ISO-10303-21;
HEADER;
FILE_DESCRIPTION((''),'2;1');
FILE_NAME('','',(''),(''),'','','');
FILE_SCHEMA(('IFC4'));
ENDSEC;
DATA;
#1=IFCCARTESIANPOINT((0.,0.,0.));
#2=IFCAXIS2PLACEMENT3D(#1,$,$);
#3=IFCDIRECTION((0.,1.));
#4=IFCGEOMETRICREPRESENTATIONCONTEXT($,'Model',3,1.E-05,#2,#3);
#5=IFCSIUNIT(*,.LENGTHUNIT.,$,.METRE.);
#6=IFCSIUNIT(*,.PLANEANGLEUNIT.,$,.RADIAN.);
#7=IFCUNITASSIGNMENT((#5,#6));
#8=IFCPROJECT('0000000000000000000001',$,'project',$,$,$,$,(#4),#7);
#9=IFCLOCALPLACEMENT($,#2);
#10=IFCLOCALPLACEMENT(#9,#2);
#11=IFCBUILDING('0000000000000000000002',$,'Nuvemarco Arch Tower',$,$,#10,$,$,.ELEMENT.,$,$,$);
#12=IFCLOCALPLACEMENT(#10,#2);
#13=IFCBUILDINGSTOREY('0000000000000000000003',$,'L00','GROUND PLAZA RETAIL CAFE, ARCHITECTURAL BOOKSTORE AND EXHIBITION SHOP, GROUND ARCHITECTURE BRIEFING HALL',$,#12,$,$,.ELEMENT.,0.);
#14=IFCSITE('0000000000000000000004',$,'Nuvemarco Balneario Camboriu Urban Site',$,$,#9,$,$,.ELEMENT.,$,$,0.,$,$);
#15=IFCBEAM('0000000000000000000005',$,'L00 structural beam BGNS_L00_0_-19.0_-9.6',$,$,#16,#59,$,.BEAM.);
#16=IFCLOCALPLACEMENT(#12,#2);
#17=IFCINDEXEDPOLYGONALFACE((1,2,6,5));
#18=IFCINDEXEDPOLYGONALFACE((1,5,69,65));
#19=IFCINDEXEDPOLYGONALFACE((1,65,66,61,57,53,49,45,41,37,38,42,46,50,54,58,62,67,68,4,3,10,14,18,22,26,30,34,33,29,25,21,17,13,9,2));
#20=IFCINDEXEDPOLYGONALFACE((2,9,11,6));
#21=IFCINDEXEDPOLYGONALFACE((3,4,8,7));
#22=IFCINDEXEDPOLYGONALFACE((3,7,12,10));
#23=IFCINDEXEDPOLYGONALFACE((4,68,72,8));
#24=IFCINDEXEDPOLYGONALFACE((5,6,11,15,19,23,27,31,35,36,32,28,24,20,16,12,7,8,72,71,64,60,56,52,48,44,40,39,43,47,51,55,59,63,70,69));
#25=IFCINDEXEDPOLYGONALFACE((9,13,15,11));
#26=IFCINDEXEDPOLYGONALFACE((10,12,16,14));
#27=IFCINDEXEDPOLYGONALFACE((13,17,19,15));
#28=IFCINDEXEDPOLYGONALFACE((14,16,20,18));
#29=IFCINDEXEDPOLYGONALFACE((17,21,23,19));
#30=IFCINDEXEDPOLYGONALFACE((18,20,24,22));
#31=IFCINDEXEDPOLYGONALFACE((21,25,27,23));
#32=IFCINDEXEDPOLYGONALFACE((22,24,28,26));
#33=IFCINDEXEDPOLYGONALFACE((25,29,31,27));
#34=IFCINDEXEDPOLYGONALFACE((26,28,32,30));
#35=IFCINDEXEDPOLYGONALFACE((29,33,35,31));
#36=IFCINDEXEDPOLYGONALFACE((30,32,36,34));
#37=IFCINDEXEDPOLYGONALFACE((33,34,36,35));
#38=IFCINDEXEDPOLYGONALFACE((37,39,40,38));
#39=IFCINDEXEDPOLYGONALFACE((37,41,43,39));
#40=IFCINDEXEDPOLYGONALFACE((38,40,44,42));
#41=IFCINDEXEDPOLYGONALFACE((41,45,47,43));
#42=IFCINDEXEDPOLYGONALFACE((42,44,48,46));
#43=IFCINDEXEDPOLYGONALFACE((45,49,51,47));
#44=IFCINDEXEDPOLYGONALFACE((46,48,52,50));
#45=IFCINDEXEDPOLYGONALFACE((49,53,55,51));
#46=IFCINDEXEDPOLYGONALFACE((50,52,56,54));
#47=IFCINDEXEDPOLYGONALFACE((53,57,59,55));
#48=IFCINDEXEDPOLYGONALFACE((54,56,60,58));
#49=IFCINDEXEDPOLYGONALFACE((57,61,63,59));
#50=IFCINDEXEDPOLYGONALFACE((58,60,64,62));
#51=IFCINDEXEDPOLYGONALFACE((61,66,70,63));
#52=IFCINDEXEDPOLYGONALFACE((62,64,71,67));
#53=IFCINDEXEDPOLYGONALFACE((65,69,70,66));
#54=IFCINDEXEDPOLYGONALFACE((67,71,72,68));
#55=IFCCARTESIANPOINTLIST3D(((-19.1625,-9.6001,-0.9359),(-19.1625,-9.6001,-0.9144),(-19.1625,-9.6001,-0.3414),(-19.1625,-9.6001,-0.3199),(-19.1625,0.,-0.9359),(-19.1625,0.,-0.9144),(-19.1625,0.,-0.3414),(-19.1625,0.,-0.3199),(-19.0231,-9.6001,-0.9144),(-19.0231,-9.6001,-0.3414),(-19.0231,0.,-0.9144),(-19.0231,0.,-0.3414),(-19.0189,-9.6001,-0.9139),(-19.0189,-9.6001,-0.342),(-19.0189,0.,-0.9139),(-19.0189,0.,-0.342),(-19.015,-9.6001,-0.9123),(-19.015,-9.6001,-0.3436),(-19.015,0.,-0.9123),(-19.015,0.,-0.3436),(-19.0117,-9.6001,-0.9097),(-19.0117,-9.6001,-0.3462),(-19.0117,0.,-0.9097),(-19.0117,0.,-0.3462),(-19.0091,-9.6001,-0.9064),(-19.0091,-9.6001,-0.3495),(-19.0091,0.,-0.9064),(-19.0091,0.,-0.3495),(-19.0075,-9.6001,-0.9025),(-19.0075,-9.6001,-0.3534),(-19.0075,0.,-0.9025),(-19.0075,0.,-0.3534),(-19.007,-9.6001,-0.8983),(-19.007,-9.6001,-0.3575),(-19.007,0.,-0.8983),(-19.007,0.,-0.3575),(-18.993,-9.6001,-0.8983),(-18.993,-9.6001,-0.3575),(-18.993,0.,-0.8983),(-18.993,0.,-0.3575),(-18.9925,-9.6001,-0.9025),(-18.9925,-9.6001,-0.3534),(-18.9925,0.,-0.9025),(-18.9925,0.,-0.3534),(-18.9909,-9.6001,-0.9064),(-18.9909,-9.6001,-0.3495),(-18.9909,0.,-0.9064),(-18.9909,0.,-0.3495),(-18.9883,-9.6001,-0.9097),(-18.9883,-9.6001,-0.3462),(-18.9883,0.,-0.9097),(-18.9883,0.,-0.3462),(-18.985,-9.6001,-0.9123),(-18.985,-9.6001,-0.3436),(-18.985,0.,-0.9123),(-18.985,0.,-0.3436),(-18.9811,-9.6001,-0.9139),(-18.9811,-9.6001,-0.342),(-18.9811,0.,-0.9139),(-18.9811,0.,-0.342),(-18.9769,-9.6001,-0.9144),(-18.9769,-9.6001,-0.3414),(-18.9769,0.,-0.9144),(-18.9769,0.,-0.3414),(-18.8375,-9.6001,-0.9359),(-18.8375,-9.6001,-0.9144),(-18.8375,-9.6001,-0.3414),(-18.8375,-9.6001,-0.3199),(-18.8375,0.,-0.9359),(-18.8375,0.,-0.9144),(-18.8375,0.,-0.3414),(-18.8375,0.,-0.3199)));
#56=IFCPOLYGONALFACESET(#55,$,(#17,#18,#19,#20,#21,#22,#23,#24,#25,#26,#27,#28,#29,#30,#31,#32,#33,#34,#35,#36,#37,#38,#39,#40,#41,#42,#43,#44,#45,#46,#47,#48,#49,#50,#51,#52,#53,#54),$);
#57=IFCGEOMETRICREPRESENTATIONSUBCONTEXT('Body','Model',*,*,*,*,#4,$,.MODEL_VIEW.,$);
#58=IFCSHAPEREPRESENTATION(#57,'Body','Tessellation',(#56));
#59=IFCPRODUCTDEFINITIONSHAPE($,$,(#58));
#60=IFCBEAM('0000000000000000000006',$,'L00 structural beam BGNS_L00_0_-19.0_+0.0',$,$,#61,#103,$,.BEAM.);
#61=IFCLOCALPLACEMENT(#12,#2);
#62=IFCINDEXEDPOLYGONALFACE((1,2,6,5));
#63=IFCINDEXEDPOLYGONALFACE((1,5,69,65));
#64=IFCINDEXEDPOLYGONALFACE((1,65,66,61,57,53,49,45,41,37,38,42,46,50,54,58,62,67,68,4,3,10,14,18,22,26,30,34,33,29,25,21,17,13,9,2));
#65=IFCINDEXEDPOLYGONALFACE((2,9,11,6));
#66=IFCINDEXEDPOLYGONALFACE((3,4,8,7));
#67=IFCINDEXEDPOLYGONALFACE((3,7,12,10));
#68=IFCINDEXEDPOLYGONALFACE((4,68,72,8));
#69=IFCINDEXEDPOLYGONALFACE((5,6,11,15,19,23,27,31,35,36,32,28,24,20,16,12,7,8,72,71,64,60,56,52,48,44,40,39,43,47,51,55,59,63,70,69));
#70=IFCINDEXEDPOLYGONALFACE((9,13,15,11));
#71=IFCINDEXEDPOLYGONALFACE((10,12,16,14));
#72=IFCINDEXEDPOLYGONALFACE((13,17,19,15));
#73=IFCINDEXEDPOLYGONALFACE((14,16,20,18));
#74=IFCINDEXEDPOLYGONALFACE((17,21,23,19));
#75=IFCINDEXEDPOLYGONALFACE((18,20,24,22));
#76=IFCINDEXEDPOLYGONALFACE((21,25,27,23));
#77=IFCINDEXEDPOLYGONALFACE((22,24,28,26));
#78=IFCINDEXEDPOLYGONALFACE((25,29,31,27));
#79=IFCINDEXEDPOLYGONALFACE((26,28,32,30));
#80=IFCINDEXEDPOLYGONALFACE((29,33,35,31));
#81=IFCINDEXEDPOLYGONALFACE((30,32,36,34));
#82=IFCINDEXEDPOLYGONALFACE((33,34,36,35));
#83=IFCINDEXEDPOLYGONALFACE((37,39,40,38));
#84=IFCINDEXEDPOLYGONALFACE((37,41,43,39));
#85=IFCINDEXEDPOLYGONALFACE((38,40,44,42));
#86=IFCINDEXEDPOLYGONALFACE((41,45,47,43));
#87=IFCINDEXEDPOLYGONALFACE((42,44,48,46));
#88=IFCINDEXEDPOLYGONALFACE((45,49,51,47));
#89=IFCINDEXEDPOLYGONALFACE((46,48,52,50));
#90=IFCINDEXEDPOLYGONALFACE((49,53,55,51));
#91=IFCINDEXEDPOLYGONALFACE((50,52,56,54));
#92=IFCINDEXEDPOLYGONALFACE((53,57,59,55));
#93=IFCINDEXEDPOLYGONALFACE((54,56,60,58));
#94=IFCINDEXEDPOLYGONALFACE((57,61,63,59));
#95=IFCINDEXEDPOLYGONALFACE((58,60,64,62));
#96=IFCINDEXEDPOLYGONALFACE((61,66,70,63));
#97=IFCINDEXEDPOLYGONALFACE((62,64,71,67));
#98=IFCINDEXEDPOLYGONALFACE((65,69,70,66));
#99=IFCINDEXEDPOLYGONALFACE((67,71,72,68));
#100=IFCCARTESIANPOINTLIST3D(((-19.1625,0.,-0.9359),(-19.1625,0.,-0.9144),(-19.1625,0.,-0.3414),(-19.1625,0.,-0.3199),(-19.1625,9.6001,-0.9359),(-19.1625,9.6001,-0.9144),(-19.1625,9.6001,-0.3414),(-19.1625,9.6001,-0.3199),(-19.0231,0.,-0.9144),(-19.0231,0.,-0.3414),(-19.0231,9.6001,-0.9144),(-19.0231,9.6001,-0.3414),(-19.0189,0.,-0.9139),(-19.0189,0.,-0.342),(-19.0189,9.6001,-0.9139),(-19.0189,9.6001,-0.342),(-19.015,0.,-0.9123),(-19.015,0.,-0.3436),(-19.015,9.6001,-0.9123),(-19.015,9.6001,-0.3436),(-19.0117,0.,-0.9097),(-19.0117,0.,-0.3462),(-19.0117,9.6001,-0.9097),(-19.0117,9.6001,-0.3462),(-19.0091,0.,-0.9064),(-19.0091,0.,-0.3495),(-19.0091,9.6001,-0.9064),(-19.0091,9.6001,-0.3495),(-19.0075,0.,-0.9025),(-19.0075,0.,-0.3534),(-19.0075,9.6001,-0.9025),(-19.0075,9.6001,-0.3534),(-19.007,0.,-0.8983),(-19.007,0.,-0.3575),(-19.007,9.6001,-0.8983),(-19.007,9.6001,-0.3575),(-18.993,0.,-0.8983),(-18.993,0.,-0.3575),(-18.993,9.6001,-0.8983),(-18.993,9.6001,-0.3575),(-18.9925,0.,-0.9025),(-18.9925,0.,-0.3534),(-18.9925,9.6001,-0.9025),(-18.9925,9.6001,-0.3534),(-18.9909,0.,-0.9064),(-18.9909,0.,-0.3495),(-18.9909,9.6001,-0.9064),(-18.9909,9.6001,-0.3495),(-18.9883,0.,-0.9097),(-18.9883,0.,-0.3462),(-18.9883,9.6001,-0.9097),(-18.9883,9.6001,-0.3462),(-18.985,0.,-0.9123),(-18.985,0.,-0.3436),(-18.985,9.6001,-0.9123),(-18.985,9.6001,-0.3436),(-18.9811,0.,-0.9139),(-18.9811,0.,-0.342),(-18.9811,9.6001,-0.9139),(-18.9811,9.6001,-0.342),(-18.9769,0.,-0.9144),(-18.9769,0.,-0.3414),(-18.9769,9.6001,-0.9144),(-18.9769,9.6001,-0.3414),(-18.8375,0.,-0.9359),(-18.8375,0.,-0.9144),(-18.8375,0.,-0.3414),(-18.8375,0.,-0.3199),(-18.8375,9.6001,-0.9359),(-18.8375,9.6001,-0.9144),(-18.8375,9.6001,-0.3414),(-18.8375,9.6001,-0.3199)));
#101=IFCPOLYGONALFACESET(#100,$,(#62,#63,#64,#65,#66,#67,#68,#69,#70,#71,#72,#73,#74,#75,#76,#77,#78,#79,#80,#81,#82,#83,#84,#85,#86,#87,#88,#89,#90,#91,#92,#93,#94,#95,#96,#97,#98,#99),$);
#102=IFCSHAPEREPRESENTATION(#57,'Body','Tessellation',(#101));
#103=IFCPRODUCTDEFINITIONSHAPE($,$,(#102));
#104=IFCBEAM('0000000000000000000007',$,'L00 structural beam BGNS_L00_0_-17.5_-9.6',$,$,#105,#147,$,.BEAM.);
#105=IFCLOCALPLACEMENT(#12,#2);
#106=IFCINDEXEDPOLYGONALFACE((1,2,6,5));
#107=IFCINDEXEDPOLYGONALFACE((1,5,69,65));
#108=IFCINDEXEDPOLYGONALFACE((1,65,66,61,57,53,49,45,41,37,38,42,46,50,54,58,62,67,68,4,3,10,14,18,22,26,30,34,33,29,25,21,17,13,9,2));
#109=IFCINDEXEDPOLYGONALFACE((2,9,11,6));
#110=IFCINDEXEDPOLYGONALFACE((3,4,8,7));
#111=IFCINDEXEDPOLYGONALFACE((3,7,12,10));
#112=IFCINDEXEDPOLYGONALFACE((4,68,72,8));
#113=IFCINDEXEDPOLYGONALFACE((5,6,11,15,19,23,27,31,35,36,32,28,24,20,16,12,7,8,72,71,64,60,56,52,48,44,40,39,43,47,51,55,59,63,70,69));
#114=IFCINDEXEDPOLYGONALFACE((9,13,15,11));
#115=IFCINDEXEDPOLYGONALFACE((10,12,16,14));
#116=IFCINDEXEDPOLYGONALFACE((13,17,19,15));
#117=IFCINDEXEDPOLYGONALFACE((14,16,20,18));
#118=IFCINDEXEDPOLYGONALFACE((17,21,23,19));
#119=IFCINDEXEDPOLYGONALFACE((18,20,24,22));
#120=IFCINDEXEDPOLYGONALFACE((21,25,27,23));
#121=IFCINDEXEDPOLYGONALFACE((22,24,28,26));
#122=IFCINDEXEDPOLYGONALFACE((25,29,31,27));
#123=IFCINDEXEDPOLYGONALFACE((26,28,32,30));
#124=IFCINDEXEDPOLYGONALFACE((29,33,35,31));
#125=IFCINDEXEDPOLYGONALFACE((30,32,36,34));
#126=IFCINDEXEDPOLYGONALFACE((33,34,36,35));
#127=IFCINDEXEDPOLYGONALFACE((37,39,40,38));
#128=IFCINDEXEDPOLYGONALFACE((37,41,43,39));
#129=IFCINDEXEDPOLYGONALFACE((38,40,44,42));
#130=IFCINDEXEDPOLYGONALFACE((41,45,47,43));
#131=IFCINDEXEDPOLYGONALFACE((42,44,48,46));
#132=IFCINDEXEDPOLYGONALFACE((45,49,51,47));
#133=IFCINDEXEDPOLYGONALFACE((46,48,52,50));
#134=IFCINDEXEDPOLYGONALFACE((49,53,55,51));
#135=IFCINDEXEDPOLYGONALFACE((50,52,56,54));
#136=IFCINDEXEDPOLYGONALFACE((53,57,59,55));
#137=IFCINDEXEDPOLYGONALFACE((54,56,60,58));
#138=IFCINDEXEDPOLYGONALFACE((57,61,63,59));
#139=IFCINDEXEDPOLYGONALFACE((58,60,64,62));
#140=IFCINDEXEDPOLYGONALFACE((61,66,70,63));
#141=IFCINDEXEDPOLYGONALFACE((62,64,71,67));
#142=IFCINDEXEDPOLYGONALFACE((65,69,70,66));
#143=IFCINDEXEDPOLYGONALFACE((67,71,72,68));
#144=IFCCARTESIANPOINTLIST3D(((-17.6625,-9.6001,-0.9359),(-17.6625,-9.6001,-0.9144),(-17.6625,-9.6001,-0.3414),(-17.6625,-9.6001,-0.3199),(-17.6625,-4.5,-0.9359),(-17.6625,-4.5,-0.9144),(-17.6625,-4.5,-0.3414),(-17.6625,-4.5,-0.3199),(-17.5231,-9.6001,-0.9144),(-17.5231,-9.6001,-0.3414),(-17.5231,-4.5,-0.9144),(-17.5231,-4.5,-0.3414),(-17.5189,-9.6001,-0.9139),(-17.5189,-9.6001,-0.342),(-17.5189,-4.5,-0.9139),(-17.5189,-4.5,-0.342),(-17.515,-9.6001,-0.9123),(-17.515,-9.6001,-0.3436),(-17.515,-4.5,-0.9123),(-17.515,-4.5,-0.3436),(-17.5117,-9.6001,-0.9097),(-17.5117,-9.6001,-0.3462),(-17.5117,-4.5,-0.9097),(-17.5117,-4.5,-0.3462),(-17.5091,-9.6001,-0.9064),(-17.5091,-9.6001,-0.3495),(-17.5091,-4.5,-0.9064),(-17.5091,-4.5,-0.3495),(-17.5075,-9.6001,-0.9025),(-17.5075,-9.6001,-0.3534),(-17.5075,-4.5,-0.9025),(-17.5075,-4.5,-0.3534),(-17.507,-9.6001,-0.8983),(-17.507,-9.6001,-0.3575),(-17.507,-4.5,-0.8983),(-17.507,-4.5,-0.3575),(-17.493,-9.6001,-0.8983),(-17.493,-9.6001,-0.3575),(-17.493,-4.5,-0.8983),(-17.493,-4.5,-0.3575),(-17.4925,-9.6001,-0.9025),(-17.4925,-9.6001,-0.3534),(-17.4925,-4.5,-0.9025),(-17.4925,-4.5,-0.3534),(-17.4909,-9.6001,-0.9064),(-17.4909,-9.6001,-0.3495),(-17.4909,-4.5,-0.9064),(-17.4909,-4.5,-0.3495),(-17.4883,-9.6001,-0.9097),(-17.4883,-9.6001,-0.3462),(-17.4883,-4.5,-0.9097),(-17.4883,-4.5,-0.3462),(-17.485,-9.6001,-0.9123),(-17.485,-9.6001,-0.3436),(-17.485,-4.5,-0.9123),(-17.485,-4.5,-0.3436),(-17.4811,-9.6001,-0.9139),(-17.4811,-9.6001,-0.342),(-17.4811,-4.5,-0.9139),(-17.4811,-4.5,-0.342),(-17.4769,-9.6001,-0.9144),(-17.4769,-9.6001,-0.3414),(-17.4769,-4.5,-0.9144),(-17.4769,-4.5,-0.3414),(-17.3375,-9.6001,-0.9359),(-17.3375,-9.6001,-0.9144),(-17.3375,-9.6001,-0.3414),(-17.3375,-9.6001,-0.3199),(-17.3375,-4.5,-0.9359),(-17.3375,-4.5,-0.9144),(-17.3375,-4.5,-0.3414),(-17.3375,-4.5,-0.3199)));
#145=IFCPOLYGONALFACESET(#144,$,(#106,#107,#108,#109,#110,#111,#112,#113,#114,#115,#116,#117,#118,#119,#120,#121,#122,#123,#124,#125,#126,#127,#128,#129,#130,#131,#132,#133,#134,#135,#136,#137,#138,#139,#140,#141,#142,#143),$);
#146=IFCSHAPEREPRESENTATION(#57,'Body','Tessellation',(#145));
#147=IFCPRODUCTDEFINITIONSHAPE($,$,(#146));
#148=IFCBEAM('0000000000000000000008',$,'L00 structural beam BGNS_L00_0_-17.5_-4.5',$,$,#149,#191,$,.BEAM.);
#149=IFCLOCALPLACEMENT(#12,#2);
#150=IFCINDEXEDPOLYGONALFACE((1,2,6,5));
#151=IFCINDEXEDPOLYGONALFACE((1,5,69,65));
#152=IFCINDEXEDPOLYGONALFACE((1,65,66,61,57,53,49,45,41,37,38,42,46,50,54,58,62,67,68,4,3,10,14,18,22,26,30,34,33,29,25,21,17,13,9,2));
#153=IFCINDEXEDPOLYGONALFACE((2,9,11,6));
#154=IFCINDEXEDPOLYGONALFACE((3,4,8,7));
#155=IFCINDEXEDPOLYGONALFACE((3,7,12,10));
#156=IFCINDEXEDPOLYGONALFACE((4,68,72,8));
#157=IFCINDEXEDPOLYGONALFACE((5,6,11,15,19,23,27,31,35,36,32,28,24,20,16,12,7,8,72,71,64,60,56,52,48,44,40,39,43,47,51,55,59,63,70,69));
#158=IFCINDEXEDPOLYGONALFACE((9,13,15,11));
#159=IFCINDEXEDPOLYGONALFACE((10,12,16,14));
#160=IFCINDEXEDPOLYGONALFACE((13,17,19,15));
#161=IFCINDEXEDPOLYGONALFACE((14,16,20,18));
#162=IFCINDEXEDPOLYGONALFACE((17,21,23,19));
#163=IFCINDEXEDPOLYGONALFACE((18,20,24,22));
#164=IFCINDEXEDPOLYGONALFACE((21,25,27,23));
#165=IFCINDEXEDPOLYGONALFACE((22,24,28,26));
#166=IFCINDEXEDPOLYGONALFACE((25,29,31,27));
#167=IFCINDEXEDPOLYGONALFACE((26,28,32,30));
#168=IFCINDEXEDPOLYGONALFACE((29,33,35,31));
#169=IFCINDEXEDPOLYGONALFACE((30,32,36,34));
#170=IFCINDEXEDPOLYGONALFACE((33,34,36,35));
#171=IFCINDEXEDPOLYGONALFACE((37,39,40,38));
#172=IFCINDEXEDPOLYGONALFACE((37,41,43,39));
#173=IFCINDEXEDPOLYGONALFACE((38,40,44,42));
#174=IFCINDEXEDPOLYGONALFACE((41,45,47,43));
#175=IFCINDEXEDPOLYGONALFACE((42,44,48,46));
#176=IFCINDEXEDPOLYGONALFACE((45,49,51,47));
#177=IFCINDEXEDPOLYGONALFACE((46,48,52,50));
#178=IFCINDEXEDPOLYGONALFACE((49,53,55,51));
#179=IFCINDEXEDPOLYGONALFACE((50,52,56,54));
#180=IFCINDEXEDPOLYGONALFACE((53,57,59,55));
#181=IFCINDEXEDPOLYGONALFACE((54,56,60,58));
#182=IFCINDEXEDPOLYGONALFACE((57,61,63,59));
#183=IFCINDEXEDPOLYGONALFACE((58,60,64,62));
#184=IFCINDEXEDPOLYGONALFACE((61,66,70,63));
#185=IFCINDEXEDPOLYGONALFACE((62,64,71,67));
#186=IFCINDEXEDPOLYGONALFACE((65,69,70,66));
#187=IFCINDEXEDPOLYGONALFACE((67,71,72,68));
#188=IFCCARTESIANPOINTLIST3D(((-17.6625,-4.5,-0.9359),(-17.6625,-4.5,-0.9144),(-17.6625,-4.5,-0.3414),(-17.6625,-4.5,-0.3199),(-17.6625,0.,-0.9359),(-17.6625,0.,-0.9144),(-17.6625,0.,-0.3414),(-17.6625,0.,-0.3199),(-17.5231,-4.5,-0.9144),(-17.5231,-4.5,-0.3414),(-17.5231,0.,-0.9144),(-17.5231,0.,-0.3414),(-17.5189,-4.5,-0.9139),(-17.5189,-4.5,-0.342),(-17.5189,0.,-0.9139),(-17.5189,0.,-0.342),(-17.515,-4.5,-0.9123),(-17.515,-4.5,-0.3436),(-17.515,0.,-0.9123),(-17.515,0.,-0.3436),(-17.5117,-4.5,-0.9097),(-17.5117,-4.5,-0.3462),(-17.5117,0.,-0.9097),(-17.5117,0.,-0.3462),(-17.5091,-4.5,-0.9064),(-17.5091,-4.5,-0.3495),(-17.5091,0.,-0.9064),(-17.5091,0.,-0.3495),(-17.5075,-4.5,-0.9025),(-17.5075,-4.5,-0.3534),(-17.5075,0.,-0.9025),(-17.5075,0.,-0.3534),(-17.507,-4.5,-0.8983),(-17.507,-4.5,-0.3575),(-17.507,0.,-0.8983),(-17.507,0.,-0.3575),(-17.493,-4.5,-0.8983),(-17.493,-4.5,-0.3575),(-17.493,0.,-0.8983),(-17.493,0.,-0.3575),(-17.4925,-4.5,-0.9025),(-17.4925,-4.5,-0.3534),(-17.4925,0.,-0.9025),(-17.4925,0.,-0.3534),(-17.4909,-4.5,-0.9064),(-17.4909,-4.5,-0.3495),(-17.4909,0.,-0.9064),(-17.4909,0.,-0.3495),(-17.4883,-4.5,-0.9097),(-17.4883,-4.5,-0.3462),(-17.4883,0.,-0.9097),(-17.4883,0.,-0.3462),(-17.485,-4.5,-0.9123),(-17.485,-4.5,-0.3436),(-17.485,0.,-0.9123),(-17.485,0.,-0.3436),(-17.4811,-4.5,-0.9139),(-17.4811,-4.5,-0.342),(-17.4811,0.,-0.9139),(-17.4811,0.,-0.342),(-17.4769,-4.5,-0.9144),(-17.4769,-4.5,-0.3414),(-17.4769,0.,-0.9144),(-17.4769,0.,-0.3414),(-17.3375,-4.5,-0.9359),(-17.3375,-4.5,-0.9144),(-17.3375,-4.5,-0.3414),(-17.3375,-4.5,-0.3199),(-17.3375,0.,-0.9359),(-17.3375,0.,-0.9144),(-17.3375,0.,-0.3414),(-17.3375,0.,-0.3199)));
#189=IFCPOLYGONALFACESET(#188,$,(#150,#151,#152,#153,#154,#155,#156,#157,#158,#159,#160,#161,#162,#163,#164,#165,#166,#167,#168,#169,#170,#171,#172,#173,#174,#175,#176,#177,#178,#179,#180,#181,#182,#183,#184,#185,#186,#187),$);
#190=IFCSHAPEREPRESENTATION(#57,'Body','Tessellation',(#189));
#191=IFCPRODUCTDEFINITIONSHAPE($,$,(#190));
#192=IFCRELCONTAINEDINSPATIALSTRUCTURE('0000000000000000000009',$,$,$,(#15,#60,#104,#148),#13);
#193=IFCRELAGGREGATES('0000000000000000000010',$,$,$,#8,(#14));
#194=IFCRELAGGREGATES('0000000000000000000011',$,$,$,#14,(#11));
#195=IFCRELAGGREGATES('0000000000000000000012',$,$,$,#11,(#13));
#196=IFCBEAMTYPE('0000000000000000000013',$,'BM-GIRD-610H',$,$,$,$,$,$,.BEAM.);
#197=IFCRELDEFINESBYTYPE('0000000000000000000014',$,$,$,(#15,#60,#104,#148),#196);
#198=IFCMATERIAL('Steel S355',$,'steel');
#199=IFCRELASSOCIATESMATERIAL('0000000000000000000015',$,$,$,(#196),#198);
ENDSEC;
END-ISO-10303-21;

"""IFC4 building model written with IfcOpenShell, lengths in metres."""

from ifc_helpers import new_model, si_unit, direction, frame, origin, origin_2d, place, context, subcontext, project, spatial, i_section, extrude, material, material_profile, profile_set, type_object, element, save


model = new_model("IFC4")

# Units and contexts
model_context = context("Model", 3, precision=1e-05, world=origin(), true_north=direction((0.0, 1.0)))
body_context = subcontext(model_context, "Body", "Model", "MODEL_VIEW")
ifc_project = project(units=[si_unit("LENGTHUNIT", "METRE"), si_unit("PLANEANGLEUNIT", "RADIAN")], contexts=[model_context])

# Site, building, storey
site_placement = place(None, origin())
site = spatial("IfcSite", under=ifc_project, at=site_placement, Name="Nuvemarco Balneario Camboriu Urban Site", CompositionType="ELEMENT", RefElevation=0.0)
building_placement = place(site_placement, origin())
building = spatial("IfcBuilding", under=site, at=building_placement, Name="Nuvemarco Arch Tower", CompositionType="ELEMENT")
storey_placement = place(building_placement, origin())
storey = spatial("IfcBuildingStorey", under=building, at=storey_placement, Name="L00", Description="GROUND PLAZA RETAIL CAFE, ARCHITECTURAL BOOKSTORE AND EXHIBITION SHOP, GROUND ARCHITECTURE BRIEFING HALL", CompositionType="ELEMENT", Elevation=0.0)

# Beams
ifc_material_1 = material(Name="Steel S355", Category="steel")
ifc_material_profile_1 = material_profile(ifc_material_1, i_section(OverallWidth=0.325, OverallDepth=0.616, WebThickness=0.0139, FlangeThickness=0.0215, FilletRadius=0.0161, at=origin_2d()), Name="W610x174")
ifc_profile_set_1 = profile_set([ifc_material_profile_1], Name="Steel S355")
beam_type_1 = type_object("IfcBeamType", Name="BM-GIRD-610H", PredefinedType="BEAM", material=ifc_profile_set_1)
for number, where, z_axis, x_axis, name in (
    (1, (-19.0, -9.6001, -0.6279), (0.0, 1.0, 0.0), (-1.0, 0.0, 0.0), "L00 structural beam BGNS_L00_0_-19.0_-9.6"),
    (2, (-19.0, 0.0, -0.6279), (0.0, 1.0, 0.0), (-1.0, 0.0, 0.0), "L00 structural beam BGNS_L00_0_-19.0_+0.0"),
):
    element("IfcBeam", number, at=place(storey_placement, frame(where, z_axis=z_axis, x_axis=x_axis)), inside=storey, type_object=beam_type_1, Name=name, PredefinedType="BEAM", context=body_context, shape_type="SweptSolid", body=[
        extrude(i_section(OverallWidth=0.325, OverallDepth=0.616, WebThickness=0.0139, FlangeThickness=0.0215, FilletRadius=0.0161, at=origin_2d()), origin(), (0.0, 0.0, 1.0), 9.6001),
    ])
beam_1_placement = place(storey_placement, frame((-17.5, -9.6001, -0.6279), z_axis=(0.0, 1.0, 0.0), x_axis=(-1.0, 0.0, 0.0)))
element("IfcBeam", 3, at=beam_1_placement, inside=storey, type_object=beam_type_1, Name="L00 structural beam BGNS_L00_0_-17.5_-9.6", PredefinedType="BEAM", context=body_context, shape_type="SweptSolid", body=[
    extrude(i_section(OverallWidth=0.325, OverallDepth=0.616, WebThickness=0.0139, FlangeThickness=0.0215, FilletRadius=0.0161, at=origin_2d()), origin(), (0.0, 0.0, 1.0), 5.1001),
])
beam_2_placement = place(storey_placement, frame((-17.5, -4.5, -0.6279), z_axis=(0.0, 1.0, 0.0), x_axis=(-1.0, 0.0, 0.0)))
element("IfcBeam", 4, at=beam_2_placement, inside=storey, type_object=beam_type_1, Name="L00 structural beam BGNS_L00_0_-17.5_-4.5", PredefinedType="BEAM", context=body_context, shape_type="SweptSolid", body=[
    extrude(i_section(OverallWidth=0.325, OverallDepth=0.616, WebThickness=0.0139, FlangeThickness=0.0215, FilletRadius=0.0161, at=origin_2d()), origin(), (0.0, 0.0, 1.0), 4.5),
])

save(model, "model.ifc")
